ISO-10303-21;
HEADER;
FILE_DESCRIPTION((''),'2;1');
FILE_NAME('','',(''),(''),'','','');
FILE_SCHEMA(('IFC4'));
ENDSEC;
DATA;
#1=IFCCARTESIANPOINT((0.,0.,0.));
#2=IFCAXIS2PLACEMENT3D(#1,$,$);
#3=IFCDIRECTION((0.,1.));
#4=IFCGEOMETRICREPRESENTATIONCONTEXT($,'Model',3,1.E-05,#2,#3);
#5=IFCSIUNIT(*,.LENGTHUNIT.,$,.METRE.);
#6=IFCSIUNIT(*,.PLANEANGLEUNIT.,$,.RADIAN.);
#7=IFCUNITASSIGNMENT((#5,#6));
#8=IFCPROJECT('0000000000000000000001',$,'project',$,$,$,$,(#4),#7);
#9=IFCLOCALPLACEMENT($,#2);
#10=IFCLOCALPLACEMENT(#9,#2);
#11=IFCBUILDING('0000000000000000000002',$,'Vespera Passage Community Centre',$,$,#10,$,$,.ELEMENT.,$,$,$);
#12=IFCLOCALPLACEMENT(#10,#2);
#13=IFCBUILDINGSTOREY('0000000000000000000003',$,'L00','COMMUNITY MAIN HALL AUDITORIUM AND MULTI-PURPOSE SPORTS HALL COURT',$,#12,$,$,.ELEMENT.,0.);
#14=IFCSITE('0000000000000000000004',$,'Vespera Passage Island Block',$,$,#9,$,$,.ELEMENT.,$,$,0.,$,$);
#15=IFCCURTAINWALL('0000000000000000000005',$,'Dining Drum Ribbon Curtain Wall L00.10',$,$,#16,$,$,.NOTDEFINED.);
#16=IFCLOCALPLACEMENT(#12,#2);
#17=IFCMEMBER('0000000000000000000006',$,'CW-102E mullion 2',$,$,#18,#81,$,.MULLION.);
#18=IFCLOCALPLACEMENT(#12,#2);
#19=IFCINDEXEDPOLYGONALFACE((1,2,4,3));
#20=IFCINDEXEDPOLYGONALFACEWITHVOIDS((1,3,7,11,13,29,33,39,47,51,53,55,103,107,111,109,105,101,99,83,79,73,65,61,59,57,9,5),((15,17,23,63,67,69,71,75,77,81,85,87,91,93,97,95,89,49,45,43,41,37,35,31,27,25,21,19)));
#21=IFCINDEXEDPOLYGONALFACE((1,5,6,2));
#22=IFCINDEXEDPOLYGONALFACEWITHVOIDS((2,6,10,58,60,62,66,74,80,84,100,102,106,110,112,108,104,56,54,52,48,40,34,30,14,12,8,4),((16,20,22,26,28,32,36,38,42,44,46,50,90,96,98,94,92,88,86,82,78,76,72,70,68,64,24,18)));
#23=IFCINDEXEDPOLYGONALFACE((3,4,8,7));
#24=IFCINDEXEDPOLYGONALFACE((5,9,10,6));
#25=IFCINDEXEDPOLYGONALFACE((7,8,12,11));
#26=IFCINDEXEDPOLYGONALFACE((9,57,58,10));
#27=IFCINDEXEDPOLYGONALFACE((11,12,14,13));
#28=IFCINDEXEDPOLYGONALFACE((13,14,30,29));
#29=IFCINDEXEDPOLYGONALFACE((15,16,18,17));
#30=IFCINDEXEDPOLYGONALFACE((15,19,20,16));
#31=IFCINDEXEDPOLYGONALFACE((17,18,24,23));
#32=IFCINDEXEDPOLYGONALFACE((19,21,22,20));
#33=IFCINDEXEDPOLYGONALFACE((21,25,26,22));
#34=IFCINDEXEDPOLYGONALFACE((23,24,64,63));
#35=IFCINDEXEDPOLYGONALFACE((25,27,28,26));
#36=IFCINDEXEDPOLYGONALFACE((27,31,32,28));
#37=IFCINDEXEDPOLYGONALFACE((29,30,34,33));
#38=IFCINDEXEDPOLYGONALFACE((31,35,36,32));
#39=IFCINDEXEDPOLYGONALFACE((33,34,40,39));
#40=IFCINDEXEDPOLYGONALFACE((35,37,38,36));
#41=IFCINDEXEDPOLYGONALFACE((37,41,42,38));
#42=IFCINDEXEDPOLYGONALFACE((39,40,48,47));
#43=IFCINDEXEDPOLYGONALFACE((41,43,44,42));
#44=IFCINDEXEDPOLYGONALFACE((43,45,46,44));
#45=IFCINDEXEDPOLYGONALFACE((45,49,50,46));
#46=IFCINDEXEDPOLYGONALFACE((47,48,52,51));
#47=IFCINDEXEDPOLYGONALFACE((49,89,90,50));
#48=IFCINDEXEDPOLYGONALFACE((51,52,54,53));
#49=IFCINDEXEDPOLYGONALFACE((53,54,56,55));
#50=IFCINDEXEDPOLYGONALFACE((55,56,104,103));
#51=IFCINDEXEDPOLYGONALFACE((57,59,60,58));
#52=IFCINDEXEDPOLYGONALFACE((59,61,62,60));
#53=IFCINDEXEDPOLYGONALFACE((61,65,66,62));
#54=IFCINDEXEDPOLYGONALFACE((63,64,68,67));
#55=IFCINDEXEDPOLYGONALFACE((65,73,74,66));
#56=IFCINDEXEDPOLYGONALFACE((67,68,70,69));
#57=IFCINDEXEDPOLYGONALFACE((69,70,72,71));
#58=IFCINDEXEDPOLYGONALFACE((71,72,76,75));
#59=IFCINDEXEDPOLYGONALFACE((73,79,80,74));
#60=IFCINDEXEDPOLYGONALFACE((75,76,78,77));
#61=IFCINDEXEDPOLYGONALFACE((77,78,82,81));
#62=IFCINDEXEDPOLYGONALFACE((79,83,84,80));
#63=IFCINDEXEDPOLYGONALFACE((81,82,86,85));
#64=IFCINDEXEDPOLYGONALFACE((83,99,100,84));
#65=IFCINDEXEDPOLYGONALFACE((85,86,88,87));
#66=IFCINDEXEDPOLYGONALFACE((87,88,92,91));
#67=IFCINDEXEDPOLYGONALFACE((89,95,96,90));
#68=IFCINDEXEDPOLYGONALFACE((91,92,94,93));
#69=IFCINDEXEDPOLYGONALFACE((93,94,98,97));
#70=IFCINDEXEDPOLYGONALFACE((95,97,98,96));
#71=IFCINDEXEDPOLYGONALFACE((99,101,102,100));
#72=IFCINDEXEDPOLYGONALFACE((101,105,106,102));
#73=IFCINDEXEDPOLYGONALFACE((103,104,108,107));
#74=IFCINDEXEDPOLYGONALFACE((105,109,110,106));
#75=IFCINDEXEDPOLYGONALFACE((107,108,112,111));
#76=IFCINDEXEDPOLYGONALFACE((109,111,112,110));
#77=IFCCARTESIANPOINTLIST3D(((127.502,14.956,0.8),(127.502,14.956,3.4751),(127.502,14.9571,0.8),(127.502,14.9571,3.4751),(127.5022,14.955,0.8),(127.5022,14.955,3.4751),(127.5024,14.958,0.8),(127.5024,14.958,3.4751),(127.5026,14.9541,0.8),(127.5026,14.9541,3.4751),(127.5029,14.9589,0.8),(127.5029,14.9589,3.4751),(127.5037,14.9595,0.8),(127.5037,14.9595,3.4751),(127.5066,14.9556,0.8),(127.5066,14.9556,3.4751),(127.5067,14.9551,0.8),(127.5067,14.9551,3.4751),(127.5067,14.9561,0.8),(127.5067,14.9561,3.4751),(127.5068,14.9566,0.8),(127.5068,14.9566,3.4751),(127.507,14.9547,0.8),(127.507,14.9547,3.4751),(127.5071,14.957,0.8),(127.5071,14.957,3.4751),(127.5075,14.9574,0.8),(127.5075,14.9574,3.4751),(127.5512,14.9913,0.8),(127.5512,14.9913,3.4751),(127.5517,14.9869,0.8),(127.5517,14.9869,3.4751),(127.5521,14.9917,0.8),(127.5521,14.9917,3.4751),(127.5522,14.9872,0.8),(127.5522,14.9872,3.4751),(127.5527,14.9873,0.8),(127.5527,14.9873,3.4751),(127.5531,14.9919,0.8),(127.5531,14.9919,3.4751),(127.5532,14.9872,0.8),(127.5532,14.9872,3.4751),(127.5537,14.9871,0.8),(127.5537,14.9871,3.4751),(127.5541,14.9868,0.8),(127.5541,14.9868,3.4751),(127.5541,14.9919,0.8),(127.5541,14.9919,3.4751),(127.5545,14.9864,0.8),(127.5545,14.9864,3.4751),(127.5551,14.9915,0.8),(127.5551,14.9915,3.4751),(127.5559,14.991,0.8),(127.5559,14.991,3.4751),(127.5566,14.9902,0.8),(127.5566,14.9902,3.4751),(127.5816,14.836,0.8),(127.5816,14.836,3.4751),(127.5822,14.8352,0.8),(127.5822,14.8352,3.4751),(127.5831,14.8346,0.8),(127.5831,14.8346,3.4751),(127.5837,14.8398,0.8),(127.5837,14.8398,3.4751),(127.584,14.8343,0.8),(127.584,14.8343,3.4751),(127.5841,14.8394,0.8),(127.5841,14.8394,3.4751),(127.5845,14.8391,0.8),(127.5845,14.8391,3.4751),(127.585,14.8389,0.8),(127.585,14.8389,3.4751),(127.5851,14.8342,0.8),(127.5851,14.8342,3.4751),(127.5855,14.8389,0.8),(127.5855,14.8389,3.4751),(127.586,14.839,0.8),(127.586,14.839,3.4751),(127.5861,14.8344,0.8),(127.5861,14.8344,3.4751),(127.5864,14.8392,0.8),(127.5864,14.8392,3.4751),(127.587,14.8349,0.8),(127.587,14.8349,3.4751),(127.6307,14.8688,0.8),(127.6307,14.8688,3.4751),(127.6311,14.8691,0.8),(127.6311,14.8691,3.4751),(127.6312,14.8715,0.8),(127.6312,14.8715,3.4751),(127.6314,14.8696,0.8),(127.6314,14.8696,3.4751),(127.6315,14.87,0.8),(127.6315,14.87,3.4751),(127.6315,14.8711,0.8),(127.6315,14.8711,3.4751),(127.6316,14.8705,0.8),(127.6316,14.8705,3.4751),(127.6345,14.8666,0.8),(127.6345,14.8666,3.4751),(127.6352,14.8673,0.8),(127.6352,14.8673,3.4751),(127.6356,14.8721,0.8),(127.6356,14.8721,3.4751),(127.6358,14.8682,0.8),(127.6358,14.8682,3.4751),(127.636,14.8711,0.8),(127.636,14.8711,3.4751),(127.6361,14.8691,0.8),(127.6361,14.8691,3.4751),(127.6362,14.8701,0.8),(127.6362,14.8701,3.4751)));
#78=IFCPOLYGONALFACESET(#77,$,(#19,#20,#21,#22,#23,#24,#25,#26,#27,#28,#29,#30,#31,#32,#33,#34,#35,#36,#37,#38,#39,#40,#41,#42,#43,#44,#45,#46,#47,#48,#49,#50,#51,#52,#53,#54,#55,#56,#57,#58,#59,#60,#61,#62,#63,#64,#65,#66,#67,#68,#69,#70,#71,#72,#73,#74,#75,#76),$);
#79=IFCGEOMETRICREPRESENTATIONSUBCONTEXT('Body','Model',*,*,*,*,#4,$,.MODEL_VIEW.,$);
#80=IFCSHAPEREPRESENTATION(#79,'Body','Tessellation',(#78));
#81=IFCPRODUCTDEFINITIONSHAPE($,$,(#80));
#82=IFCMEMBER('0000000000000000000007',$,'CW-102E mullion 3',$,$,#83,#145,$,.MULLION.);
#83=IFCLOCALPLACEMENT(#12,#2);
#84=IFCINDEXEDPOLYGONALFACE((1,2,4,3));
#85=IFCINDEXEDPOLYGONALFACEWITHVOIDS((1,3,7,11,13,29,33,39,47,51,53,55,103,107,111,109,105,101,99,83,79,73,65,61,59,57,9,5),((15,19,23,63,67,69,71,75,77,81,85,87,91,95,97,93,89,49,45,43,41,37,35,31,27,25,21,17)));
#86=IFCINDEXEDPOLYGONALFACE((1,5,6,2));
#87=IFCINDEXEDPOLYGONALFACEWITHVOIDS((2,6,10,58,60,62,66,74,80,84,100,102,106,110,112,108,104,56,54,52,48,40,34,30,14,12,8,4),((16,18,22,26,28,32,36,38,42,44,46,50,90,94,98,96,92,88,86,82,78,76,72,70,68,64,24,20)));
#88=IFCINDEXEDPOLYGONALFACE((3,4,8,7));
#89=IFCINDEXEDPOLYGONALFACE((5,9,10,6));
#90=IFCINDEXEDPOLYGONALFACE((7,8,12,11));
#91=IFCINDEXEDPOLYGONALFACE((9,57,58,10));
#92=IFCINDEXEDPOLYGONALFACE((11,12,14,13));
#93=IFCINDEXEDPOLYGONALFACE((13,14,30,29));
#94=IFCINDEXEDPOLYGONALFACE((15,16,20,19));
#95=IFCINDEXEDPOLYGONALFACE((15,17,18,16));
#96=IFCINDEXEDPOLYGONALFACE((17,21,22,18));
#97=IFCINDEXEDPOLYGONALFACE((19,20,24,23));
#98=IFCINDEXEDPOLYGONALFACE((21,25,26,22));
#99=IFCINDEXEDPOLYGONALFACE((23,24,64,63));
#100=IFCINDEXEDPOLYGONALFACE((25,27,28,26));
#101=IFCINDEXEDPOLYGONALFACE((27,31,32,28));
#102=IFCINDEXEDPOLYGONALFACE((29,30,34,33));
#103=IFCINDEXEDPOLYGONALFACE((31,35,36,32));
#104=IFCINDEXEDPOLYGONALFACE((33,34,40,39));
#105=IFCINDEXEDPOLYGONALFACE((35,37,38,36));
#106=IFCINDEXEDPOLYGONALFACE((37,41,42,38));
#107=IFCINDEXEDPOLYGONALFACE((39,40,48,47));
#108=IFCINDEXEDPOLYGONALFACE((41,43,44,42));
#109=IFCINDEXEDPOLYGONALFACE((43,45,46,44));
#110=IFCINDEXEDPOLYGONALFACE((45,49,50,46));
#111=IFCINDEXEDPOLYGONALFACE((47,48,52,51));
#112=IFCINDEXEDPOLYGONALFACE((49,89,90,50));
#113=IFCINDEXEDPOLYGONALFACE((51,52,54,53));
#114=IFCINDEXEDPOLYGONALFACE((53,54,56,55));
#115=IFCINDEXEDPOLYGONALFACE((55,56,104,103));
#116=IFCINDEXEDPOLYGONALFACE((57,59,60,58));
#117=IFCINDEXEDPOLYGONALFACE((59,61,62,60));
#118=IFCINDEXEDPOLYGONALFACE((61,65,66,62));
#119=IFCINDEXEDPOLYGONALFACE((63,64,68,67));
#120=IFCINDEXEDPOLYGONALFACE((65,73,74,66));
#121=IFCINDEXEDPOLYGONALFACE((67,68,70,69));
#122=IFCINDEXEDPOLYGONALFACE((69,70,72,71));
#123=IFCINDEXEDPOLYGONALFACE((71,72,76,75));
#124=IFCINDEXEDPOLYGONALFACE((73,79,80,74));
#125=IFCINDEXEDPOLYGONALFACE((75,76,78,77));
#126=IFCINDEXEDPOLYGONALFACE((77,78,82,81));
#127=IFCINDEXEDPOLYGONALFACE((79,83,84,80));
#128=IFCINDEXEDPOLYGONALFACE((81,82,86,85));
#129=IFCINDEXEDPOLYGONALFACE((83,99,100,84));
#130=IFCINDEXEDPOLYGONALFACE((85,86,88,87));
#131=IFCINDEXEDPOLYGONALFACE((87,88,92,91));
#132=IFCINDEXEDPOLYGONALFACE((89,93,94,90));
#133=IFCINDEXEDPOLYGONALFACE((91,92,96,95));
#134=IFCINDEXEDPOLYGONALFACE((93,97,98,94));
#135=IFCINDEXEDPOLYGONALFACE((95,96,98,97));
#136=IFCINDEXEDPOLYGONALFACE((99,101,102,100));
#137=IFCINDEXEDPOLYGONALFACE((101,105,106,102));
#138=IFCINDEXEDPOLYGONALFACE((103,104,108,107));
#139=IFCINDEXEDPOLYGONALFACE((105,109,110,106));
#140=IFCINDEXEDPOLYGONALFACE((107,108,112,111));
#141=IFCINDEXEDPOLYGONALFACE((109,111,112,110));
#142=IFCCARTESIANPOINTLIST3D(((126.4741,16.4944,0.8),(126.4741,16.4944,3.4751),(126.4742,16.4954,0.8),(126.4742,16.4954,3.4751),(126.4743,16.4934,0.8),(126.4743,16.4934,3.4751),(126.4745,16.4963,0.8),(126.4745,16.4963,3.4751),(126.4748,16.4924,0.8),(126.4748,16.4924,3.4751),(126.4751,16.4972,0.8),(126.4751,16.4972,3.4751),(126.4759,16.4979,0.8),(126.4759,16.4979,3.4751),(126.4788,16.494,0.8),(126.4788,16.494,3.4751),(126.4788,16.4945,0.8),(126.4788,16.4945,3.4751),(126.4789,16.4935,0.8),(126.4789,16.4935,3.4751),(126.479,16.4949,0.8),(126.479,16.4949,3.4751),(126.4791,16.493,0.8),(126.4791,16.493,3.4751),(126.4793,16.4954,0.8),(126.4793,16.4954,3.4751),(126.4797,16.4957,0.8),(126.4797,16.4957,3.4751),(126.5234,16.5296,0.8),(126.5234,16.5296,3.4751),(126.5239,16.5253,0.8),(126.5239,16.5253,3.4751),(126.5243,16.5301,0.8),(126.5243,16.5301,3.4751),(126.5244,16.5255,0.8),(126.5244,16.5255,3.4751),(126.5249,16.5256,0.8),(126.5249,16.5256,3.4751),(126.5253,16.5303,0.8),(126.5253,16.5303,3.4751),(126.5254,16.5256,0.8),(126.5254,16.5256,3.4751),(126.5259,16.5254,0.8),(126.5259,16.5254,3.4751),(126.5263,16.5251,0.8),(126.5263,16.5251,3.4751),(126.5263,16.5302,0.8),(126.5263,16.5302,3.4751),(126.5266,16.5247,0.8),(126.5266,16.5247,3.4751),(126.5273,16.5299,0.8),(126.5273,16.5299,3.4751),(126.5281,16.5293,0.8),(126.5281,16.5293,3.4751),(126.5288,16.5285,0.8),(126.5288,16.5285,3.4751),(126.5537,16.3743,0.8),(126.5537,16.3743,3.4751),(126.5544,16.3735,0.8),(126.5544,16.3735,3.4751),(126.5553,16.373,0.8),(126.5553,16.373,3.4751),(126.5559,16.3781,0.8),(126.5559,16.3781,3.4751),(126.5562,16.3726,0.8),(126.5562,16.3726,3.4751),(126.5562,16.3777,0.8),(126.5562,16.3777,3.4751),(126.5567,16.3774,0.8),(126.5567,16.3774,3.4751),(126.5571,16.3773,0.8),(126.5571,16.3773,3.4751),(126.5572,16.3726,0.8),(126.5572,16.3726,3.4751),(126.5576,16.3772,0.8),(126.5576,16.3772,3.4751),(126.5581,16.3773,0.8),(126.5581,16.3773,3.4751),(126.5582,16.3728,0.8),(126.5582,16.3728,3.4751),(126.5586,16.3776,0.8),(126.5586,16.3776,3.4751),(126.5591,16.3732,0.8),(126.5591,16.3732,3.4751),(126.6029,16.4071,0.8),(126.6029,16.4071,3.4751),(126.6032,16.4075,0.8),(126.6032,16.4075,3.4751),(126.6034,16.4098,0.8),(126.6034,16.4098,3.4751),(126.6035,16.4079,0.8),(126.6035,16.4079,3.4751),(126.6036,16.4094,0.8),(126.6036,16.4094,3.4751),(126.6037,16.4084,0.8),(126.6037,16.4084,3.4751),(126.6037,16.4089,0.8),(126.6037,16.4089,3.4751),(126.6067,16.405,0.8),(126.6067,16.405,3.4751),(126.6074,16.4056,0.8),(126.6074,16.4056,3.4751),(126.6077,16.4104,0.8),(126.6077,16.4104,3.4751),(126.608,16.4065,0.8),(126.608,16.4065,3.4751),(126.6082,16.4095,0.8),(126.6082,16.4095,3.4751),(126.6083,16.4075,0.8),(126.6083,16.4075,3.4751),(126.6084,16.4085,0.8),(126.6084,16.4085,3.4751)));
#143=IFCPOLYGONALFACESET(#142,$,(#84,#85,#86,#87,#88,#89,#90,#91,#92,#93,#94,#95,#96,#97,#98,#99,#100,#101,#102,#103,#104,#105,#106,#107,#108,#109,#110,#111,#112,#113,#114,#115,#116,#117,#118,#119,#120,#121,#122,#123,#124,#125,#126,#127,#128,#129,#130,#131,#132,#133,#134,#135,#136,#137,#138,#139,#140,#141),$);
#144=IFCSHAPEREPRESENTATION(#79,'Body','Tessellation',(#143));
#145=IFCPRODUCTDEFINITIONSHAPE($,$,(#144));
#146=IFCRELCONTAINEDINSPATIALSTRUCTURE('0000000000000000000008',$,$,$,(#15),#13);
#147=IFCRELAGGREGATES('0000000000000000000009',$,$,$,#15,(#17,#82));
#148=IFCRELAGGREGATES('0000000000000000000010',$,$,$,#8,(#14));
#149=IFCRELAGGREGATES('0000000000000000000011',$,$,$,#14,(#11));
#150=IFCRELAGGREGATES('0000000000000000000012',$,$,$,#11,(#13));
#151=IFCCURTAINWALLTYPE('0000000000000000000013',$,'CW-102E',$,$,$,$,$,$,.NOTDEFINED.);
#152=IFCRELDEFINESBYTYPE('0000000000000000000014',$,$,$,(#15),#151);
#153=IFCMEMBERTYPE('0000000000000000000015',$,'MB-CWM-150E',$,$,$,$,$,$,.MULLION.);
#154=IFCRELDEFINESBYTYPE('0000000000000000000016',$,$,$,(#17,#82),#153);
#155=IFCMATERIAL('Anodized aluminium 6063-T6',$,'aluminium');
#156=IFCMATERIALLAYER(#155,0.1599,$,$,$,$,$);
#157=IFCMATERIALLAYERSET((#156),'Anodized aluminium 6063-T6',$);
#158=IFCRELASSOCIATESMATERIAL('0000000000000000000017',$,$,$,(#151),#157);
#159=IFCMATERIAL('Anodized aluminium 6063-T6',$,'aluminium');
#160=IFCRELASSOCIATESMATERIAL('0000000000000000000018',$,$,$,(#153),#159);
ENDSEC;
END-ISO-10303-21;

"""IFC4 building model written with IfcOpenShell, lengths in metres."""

from ifc_helpers import new_model, si_unit, direction, frame, origin, origin_2d, place, context, subcontext, project, spatial, hollow_rectangle, extrude, material, layer, layer_set, material_profile, profile_set, type_object, element, aggregate, save


model = new_model("IFC4")

# Units and contexts
model_context = context("Model", 3, precision=1e-05, world=origin(), true_north=direction((0.0, 1.0)))
body_context = subcontext(model_context, "Body", "Model", "MODEL_VIEW")
ifc_project = project(units=[si_unit("LENGTHUNIT", "METRE"), si_unit("PLANEANGLEUNIT", "RADIAN")], contexts=[model_context])

# Site, building, storey
site_placement = place(None, origin())
site = spatial("IfcSite", under=ifc_project, at=site_placement, Name="Vespera Passage Island Block", CompositionType="ELEMENT", RefElevation=0.0)
building_placement = place(site_placement, origin())
building = spatial("IfcBuilding", under=site, at=building_placement, Name="Vespera Passage Community Centre", CompositionType="ELEMENT")
storey_placement = place(building_placement, origin())
storey = spatial("IfcBuildingStorey", under=building, at=storey_placement, Name="L00", Description="COMMUNITY MAIN HALL AUDITORIUM AND MULTI-PURPOSE SPORTS HALL COURT", CompositionType="ELEMENT", Elevation=0.0)

# Curtain wall, members
ifc_material_1 = material(Name="Anodized aluminium 6063-T6", Category="aluminium")
ifc_layer_1 = layer(ifc_material_1, 0.1599)
ifc_layer_set_1 = layer_set([ifc_layer_1], Name="Anodized aluminium 6063-T6")
curtain_wall_type_1 = type_object("IfcCurtainWallType", Name="CW-102E", PredefinedType="NOTDEFINED", material=ifc_layer_set_1)
curtain_wall_1_placement = place(storey_placement, origin())
curtain_wall_1 = element("IfcCurtainWall", 1, at=curtain_wall_1_placement, inside=storey, type_object=curtain_wall_type_1, Name="Dining Drum Ribbon Curtain Wall L00.10", PredefinedType="NOTDEFINED")
ifc_material_2 = material(Name="Anodized aluminium 6063-T6", Category="aluminium")
ifc_material_profile_1 = material_profile(ifc_material_2, hollow_rectangle(XDim=0.0649, YDim=0.1499, WallThickness=0.0039, InnerFilletRadius=0.002, OuterFilletRadius=0.0039, at=origin_2d()), Name="ALU150X65X4")
ifc_profile_set_1 = profile_set([ifc_material_profile_1], Name="Anodized aluminium 6063-T6")
member_type_1 = type_object("IfcMemberType", Name="MB-CWM-150E", PredefinedType="MULLION", material=ifc_profile_set_1)
member_1_placement = place(storey_placement, frame((127.5691, 14.9131, 0.8), z_axis=(0.0, 0.0, 1.0), x_axis=(-0.831473, -0.555565, 0.0)))
member_1 = element("IfcMember", 2, at=member_1_placement, type_object=member_type_1, Name="CW-102E mullion 2", PredefinedType="MULLION", context=body_context, shape_type="SweptSolid", body=[
    extrude(hollow_rectangle(XDim=0.0649, YDim=0.1499, WallThickness=0.0039, InnerFilletRadius=0.002, OuterFilletRadius=0.0039, at=origin_2d()), origin(), (0.0, 0.0, 1.0), 2.675),
])
member_2_placement = place(storey_placement, frame((126.5413, 16.4514, 0.8), z_axis=(0.0, 0.0, 1.0), x_axis=(-0.831473, -0.555565, 0.0)))
member_2 = element("IfcMember", 3, at=member_2_placement, type_object=member_type_1, Name="CW-102E mullion 3", PredefinedType="MULLION", context=body_context, shape_type="SweptSolid", body=[
    extrude(hollow_rectangle(XDim=0.0649, YDim=0.1499, WallThickness=0.0039, InnerFilletRadius=0.002, OuterFilletRadius=0.0039, at=origin_2d()), origin(), (0.0, 0.0, 1.0), 2.675),
])

aggregate(curtain_wall_1, [member_1, member_2])

save(model, "model.ifc")
